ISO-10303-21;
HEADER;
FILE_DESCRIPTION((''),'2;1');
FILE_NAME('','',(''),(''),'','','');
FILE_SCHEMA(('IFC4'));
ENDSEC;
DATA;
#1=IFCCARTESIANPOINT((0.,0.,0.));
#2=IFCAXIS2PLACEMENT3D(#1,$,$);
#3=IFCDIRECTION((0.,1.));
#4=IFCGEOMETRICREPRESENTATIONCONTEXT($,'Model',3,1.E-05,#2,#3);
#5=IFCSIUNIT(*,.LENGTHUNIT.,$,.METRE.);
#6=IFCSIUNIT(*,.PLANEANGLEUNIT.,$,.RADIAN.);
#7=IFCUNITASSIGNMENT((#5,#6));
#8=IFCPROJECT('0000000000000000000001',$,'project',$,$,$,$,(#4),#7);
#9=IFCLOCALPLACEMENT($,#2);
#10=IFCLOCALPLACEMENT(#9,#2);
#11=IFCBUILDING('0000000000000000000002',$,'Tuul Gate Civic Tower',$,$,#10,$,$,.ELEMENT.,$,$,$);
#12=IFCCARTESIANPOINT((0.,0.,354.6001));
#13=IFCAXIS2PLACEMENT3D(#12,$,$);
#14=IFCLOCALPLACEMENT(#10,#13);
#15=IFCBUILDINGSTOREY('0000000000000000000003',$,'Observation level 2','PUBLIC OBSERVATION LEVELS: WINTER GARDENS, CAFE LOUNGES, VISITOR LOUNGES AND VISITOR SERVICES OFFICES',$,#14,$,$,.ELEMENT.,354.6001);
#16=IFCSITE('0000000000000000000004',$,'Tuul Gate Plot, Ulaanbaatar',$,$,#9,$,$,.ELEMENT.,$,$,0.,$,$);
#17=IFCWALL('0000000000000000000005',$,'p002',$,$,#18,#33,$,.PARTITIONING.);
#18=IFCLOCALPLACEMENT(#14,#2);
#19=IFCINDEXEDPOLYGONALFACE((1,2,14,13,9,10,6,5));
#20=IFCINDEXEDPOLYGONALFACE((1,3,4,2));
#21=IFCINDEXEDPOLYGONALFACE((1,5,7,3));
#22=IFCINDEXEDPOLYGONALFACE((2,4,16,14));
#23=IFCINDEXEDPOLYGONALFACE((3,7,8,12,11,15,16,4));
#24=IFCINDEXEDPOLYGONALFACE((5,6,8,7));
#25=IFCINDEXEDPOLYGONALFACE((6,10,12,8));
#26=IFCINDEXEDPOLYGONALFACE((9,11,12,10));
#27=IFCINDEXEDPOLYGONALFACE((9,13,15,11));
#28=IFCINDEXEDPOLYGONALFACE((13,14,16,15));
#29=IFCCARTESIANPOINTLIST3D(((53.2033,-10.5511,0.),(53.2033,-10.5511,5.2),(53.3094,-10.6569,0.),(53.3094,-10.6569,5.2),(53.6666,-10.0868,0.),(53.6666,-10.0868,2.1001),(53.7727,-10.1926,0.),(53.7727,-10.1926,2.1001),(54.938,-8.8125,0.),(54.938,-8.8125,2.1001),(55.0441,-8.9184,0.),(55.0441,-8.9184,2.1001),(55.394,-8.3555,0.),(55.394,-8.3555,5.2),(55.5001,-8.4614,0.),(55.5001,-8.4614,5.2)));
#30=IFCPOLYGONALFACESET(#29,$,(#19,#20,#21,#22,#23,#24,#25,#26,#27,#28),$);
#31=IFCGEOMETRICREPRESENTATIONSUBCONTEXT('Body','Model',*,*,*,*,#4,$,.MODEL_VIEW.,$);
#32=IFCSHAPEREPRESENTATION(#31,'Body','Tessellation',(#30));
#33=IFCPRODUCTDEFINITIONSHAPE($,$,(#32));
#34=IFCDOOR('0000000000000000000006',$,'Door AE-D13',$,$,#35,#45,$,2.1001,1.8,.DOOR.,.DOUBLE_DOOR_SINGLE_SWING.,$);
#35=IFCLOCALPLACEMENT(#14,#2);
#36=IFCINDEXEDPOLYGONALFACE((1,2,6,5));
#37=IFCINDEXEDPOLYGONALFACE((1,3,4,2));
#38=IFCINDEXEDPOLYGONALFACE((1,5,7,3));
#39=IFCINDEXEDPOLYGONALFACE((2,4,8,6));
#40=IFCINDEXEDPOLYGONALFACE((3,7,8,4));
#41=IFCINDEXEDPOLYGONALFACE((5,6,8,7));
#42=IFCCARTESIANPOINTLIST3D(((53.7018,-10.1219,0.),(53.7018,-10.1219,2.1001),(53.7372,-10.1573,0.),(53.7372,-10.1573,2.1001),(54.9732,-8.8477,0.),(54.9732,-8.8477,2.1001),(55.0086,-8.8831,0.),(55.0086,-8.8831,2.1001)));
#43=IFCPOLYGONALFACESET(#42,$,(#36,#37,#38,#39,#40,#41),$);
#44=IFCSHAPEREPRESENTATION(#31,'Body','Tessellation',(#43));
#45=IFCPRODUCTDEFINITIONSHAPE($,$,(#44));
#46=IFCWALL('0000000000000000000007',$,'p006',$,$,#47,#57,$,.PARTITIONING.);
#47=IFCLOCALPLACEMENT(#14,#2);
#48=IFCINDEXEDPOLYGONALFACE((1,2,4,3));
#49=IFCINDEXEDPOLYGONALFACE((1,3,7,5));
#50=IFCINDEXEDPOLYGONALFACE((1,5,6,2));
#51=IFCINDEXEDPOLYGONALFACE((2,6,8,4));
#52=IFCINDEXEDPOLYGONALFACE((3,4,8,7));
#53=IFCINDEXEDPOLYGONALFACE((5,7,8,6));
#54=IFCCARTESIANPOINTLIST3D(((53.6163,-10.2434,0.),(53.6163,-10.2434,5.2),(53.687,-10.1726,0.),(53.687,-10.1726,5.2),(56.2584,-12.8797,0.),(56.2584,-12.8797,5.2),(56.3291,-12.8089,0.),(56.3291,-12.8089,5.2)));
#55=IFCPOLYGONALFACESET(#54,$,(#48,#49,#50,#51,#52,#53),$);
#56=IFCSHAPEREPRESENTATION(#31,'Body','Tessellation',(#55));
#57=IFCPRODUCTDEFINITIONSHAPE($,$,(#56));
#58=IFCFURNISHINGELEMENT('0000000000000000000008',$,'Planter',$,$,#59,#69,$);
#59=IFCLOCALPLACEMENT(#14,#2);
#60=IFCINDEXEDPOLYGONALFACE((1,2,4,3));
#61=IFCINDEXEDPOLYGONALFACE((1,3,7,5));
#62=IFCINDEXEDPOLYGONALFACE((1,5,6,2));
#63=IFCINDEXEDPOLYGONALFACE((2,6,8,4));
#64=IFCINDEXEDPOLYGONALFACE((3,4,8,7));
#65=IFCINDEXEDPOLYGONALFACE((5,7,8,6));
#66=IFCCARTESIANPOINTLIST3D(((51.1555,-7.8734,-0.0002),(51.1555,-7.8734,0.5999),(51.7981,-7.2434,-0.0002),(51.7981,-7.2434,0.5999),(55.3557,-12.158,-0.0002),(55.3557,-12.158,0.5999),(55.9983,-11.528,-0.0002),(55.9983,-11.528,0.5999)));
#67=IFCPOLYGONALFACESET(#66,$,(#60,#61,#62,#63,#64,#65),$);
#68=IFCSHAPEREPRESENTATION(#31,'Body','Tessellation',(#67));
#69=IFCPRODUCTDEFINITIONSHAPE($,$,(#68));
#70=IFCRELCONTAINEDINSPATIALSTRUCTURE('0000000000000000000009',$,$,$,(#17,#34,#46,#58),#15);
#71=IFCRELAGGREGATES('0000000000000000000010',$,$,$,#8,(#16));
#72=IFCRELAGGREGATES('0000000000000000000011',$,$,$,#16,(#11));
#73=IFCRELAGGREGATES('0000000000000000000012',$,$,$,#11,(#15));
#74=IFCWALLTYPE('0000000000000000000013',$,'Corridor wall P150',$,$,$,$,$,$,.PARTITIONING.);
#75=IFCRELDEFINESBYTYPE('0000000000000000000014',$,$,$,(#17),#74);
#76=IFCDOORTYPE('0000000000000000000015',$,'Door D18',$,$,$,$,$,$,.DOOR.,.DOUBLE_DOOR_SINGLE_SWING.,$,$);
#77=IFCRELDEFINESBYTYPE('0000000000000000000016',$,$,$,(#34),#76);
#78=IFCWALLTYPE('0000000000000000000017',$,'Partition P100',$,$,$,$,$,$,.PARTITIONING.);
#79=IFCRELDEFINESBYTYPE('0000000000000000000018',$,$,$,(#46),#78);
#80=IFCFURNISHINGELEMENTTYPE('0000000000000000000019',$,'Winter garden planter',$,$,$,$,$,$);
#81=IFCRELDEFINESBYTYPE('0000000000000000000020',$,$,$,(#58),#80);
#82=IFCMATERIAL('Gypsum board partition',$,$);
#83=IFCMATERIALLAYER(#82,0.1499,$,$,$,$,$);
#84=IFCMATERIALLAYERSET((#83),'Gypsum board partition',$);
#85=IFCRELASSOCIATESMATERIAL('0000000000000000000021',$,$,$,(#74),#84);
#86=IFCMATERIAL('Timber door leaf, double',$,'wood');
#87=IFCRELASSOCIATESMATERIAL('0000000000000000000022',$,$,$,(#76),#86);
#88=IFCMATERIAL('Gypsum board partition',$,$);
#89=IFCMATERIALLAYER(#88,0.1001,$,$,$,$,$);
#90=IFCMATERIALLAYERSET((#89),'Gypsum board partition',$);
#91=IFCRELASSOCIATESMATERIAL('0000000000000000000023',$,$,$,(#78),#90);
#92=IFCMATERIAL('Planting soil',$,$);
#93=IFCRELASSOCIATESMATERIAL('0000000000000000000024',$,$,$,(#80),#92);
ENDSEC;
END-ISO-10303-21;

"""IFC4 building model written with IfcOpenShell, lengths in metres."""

from ifc_helpers import new_model, si_unit, direction, frame, frame_2d, origin, origin_2d, place, context, subcontext, project, spatial, rectangle, extrude, material, layer, layer_set, type_object, element, fill, save


model = new_model("IFC4")

# Units and contexts
model_context = context("Model", 3, precision=1e-05, world=origin(), true_north=direction((0.0, 1.0)))
body_context = subcontext(model_context, "Body", "Model", "MODEL_VIEW")
ifc_project = project(units=[si_unit("LENGTHUNIT", "METRE"), si_unit("PLANEANGLEUNIT", "RADIAN")], contexts=[model_context])

# Site, building, storey
site_placement = place(None, origin())
site = spatial("IfcSite", under=ifc_project, at=site_placement, Name="Tuul Gate Plot, Ulaanbaatar", CompositionType="ELEMENT", RefElevation=0.0)
building_placement = place(site_placement, origin())
building = spatial("IfcBuilding", under=site, at=building_placement, Name="Tuul Gate Civic Tower", CompositionType="ELEMENT")
storey_placement = place(building_placement, frame((0.0, 0.0, 354.6001)))
storey = spatial("IfcBuildingStorey", under=building, at=storey_placement, Name="Observation level 2", Description="PUBLIC OBSERVATION LEVELS: WINTER GARDENS, CAFE LOUNGES, VISITOR LOUNGES AND VISITOR SERVICES OFFICES", CompositionType="ELEMENT", Elevation=354.6001)

# Wall, opening, door
ifc_material_1 = material(Name="Gypsum board partition")
ifc_layer_1 = layer(ifc_material_1, 0.1499)
ifc_layer_set_1 = layer_set([ifc_layer_1], Name="Gypsum board partition")
wall_type_1 = type_object("IfcWallType", Name="Corridor wall P150", PredefinedType="PARTITIONING", material=ifc_layer_set_1)
wall_1_placement = place(storey_placement, frame((53.2563, -10.604, 0.0), z_axis=(0.0, 0.0, 1.0), x_axis=(0.706319, 0.707894, 0.0)))
wall_1 = element("IfcWall", 1, at=wall_1_placement, inside=storey, type_object=wall_type_1, Name="p002", PredefinedType="PARTITIONING", context=body_context, shape_type="SweptSolid", body=[
    extrude(rectangle(XDim=3.1016, YDim=0.1499, at=frame_2d((1.5508, 0.0))), origin(), (0.0, 0.0, 1.0), 5.2),
])
opening_1_placement = place(wall_1_placement, frame((0.656, 0.0, 0.0)))
opening_1 = element("IfcOpeningElement", 2, at=opening_1_placement, cuts=wall_1, PredefinedType="OPENING", context=body_context, shape_type="SweptSolid", body=[
    extrude(rectangle(XDim=1.8, YDim=2.1001, at=frame_2d((0.8999, 1.05))), frame((0.0, 0.085, 0.0), z_axis=(0.0, -1.0, 0.0), x_axis=(1.0, 0.0, 0.0)), (0.0, 0.0, 1.0), 0.1699),
])
ifc_material_2 = material(Name="Timber door leaf, double", Category="wood")
door_type_1 = type_object("IfcDoorType", Name="Door D18", OperationType="DOUBLE_DOOR_SINGLE_SWING", PredefinedType="DOOR", material=ifc_material_2)
door_1_placement = place(opening_1_placement, frame((1.8, 0.0, 0.0), z_axis=(0.0, 0.0, 1.0), x_axis=(-1.0, 0.0, 0.0)))
door_1 = element("IfcDoor", 3, at=door_1_placement, inside=storey, type_object=door_type_1, Name="Door AE-D13", OperationType="DOUBLE_DOOR_SINGLE_SWING", OverallHeight=2.1001, OverallWidth=1.8, PredefinedType="DOOR", context=body_context, shape_type="SweptSolid", body=[
    extrude(rectangle(XDim=1.8, YDim=2.1001, at=frame_2d((0.9001, 1.05))), frame((0.0, 0.0249, 0.0), z_axis=(0.0, -1.0, 0.0), x_axis=(1.0, 0.0, 0.0)), (0.0, 0.0, 1.0), 0.05),
])
fill(opening_1, door_1)

# Wall
ifc_material_3 = material(Name="Gypsum board partition")
ifc_layer_2 = layer(ifc_material_3, 0.1001)
ifc_layer_set_2 = layer_set([ifc_layer_2], Name="Gypsum board partition")
wall_type_2 = type_object("IfcWallType", Name="Partition P100", PredefinedType="PARTITIONING", material=ifc_layer_set_2)
wall_2_placement = place(storey_placement, frame((53.6516, -10.208, 0.0), z_axis=(0.0, 0.0, 1.0), x_axis=(0.707891, -0.706321, 0.0)))
element("IfcWall", 4, at=wall_2_placement, inside=storey, type_object=wall_type_2, Name="p006", PredefinedType="PARTITIONING", context=body_context, shape_type="SweptSolid", body=[
    extrude(rectangle(XDim=3.7324, YDim=0.1001, at=frame_2d((1.8662, 0.0))), origin(), (0.0, 0.0, 1.0), 5.2),
])

# Furnishing element
ifc_material_4 = material(Name="Planting soil")
furnishing_element_type = type_object("IfcFurnishingElementType", Name="Winter garden planter", material=ifc_material_4)
furnishing_placement = place(storey_placement, frame((53.5769, -9.7007, -0.0002), z_axis=(0.0, 0.0, 1.0), x_axis=(-0.700043, 0.7141, 0.0)))
element("IfcFurnishingElement", 5, at=furnishing_placement, inside=storey, type_object=furnishing_element_type, Name="Planter", context=body_context, shape_type="SweptSolid", body=[
    extrude(rectangle(XDim=6.0, YDim=0.8999, at=origin_2d()), origin(), (0.0, 0.0, 1.0), 0.6001),
])

save(model, "model.ifc")
